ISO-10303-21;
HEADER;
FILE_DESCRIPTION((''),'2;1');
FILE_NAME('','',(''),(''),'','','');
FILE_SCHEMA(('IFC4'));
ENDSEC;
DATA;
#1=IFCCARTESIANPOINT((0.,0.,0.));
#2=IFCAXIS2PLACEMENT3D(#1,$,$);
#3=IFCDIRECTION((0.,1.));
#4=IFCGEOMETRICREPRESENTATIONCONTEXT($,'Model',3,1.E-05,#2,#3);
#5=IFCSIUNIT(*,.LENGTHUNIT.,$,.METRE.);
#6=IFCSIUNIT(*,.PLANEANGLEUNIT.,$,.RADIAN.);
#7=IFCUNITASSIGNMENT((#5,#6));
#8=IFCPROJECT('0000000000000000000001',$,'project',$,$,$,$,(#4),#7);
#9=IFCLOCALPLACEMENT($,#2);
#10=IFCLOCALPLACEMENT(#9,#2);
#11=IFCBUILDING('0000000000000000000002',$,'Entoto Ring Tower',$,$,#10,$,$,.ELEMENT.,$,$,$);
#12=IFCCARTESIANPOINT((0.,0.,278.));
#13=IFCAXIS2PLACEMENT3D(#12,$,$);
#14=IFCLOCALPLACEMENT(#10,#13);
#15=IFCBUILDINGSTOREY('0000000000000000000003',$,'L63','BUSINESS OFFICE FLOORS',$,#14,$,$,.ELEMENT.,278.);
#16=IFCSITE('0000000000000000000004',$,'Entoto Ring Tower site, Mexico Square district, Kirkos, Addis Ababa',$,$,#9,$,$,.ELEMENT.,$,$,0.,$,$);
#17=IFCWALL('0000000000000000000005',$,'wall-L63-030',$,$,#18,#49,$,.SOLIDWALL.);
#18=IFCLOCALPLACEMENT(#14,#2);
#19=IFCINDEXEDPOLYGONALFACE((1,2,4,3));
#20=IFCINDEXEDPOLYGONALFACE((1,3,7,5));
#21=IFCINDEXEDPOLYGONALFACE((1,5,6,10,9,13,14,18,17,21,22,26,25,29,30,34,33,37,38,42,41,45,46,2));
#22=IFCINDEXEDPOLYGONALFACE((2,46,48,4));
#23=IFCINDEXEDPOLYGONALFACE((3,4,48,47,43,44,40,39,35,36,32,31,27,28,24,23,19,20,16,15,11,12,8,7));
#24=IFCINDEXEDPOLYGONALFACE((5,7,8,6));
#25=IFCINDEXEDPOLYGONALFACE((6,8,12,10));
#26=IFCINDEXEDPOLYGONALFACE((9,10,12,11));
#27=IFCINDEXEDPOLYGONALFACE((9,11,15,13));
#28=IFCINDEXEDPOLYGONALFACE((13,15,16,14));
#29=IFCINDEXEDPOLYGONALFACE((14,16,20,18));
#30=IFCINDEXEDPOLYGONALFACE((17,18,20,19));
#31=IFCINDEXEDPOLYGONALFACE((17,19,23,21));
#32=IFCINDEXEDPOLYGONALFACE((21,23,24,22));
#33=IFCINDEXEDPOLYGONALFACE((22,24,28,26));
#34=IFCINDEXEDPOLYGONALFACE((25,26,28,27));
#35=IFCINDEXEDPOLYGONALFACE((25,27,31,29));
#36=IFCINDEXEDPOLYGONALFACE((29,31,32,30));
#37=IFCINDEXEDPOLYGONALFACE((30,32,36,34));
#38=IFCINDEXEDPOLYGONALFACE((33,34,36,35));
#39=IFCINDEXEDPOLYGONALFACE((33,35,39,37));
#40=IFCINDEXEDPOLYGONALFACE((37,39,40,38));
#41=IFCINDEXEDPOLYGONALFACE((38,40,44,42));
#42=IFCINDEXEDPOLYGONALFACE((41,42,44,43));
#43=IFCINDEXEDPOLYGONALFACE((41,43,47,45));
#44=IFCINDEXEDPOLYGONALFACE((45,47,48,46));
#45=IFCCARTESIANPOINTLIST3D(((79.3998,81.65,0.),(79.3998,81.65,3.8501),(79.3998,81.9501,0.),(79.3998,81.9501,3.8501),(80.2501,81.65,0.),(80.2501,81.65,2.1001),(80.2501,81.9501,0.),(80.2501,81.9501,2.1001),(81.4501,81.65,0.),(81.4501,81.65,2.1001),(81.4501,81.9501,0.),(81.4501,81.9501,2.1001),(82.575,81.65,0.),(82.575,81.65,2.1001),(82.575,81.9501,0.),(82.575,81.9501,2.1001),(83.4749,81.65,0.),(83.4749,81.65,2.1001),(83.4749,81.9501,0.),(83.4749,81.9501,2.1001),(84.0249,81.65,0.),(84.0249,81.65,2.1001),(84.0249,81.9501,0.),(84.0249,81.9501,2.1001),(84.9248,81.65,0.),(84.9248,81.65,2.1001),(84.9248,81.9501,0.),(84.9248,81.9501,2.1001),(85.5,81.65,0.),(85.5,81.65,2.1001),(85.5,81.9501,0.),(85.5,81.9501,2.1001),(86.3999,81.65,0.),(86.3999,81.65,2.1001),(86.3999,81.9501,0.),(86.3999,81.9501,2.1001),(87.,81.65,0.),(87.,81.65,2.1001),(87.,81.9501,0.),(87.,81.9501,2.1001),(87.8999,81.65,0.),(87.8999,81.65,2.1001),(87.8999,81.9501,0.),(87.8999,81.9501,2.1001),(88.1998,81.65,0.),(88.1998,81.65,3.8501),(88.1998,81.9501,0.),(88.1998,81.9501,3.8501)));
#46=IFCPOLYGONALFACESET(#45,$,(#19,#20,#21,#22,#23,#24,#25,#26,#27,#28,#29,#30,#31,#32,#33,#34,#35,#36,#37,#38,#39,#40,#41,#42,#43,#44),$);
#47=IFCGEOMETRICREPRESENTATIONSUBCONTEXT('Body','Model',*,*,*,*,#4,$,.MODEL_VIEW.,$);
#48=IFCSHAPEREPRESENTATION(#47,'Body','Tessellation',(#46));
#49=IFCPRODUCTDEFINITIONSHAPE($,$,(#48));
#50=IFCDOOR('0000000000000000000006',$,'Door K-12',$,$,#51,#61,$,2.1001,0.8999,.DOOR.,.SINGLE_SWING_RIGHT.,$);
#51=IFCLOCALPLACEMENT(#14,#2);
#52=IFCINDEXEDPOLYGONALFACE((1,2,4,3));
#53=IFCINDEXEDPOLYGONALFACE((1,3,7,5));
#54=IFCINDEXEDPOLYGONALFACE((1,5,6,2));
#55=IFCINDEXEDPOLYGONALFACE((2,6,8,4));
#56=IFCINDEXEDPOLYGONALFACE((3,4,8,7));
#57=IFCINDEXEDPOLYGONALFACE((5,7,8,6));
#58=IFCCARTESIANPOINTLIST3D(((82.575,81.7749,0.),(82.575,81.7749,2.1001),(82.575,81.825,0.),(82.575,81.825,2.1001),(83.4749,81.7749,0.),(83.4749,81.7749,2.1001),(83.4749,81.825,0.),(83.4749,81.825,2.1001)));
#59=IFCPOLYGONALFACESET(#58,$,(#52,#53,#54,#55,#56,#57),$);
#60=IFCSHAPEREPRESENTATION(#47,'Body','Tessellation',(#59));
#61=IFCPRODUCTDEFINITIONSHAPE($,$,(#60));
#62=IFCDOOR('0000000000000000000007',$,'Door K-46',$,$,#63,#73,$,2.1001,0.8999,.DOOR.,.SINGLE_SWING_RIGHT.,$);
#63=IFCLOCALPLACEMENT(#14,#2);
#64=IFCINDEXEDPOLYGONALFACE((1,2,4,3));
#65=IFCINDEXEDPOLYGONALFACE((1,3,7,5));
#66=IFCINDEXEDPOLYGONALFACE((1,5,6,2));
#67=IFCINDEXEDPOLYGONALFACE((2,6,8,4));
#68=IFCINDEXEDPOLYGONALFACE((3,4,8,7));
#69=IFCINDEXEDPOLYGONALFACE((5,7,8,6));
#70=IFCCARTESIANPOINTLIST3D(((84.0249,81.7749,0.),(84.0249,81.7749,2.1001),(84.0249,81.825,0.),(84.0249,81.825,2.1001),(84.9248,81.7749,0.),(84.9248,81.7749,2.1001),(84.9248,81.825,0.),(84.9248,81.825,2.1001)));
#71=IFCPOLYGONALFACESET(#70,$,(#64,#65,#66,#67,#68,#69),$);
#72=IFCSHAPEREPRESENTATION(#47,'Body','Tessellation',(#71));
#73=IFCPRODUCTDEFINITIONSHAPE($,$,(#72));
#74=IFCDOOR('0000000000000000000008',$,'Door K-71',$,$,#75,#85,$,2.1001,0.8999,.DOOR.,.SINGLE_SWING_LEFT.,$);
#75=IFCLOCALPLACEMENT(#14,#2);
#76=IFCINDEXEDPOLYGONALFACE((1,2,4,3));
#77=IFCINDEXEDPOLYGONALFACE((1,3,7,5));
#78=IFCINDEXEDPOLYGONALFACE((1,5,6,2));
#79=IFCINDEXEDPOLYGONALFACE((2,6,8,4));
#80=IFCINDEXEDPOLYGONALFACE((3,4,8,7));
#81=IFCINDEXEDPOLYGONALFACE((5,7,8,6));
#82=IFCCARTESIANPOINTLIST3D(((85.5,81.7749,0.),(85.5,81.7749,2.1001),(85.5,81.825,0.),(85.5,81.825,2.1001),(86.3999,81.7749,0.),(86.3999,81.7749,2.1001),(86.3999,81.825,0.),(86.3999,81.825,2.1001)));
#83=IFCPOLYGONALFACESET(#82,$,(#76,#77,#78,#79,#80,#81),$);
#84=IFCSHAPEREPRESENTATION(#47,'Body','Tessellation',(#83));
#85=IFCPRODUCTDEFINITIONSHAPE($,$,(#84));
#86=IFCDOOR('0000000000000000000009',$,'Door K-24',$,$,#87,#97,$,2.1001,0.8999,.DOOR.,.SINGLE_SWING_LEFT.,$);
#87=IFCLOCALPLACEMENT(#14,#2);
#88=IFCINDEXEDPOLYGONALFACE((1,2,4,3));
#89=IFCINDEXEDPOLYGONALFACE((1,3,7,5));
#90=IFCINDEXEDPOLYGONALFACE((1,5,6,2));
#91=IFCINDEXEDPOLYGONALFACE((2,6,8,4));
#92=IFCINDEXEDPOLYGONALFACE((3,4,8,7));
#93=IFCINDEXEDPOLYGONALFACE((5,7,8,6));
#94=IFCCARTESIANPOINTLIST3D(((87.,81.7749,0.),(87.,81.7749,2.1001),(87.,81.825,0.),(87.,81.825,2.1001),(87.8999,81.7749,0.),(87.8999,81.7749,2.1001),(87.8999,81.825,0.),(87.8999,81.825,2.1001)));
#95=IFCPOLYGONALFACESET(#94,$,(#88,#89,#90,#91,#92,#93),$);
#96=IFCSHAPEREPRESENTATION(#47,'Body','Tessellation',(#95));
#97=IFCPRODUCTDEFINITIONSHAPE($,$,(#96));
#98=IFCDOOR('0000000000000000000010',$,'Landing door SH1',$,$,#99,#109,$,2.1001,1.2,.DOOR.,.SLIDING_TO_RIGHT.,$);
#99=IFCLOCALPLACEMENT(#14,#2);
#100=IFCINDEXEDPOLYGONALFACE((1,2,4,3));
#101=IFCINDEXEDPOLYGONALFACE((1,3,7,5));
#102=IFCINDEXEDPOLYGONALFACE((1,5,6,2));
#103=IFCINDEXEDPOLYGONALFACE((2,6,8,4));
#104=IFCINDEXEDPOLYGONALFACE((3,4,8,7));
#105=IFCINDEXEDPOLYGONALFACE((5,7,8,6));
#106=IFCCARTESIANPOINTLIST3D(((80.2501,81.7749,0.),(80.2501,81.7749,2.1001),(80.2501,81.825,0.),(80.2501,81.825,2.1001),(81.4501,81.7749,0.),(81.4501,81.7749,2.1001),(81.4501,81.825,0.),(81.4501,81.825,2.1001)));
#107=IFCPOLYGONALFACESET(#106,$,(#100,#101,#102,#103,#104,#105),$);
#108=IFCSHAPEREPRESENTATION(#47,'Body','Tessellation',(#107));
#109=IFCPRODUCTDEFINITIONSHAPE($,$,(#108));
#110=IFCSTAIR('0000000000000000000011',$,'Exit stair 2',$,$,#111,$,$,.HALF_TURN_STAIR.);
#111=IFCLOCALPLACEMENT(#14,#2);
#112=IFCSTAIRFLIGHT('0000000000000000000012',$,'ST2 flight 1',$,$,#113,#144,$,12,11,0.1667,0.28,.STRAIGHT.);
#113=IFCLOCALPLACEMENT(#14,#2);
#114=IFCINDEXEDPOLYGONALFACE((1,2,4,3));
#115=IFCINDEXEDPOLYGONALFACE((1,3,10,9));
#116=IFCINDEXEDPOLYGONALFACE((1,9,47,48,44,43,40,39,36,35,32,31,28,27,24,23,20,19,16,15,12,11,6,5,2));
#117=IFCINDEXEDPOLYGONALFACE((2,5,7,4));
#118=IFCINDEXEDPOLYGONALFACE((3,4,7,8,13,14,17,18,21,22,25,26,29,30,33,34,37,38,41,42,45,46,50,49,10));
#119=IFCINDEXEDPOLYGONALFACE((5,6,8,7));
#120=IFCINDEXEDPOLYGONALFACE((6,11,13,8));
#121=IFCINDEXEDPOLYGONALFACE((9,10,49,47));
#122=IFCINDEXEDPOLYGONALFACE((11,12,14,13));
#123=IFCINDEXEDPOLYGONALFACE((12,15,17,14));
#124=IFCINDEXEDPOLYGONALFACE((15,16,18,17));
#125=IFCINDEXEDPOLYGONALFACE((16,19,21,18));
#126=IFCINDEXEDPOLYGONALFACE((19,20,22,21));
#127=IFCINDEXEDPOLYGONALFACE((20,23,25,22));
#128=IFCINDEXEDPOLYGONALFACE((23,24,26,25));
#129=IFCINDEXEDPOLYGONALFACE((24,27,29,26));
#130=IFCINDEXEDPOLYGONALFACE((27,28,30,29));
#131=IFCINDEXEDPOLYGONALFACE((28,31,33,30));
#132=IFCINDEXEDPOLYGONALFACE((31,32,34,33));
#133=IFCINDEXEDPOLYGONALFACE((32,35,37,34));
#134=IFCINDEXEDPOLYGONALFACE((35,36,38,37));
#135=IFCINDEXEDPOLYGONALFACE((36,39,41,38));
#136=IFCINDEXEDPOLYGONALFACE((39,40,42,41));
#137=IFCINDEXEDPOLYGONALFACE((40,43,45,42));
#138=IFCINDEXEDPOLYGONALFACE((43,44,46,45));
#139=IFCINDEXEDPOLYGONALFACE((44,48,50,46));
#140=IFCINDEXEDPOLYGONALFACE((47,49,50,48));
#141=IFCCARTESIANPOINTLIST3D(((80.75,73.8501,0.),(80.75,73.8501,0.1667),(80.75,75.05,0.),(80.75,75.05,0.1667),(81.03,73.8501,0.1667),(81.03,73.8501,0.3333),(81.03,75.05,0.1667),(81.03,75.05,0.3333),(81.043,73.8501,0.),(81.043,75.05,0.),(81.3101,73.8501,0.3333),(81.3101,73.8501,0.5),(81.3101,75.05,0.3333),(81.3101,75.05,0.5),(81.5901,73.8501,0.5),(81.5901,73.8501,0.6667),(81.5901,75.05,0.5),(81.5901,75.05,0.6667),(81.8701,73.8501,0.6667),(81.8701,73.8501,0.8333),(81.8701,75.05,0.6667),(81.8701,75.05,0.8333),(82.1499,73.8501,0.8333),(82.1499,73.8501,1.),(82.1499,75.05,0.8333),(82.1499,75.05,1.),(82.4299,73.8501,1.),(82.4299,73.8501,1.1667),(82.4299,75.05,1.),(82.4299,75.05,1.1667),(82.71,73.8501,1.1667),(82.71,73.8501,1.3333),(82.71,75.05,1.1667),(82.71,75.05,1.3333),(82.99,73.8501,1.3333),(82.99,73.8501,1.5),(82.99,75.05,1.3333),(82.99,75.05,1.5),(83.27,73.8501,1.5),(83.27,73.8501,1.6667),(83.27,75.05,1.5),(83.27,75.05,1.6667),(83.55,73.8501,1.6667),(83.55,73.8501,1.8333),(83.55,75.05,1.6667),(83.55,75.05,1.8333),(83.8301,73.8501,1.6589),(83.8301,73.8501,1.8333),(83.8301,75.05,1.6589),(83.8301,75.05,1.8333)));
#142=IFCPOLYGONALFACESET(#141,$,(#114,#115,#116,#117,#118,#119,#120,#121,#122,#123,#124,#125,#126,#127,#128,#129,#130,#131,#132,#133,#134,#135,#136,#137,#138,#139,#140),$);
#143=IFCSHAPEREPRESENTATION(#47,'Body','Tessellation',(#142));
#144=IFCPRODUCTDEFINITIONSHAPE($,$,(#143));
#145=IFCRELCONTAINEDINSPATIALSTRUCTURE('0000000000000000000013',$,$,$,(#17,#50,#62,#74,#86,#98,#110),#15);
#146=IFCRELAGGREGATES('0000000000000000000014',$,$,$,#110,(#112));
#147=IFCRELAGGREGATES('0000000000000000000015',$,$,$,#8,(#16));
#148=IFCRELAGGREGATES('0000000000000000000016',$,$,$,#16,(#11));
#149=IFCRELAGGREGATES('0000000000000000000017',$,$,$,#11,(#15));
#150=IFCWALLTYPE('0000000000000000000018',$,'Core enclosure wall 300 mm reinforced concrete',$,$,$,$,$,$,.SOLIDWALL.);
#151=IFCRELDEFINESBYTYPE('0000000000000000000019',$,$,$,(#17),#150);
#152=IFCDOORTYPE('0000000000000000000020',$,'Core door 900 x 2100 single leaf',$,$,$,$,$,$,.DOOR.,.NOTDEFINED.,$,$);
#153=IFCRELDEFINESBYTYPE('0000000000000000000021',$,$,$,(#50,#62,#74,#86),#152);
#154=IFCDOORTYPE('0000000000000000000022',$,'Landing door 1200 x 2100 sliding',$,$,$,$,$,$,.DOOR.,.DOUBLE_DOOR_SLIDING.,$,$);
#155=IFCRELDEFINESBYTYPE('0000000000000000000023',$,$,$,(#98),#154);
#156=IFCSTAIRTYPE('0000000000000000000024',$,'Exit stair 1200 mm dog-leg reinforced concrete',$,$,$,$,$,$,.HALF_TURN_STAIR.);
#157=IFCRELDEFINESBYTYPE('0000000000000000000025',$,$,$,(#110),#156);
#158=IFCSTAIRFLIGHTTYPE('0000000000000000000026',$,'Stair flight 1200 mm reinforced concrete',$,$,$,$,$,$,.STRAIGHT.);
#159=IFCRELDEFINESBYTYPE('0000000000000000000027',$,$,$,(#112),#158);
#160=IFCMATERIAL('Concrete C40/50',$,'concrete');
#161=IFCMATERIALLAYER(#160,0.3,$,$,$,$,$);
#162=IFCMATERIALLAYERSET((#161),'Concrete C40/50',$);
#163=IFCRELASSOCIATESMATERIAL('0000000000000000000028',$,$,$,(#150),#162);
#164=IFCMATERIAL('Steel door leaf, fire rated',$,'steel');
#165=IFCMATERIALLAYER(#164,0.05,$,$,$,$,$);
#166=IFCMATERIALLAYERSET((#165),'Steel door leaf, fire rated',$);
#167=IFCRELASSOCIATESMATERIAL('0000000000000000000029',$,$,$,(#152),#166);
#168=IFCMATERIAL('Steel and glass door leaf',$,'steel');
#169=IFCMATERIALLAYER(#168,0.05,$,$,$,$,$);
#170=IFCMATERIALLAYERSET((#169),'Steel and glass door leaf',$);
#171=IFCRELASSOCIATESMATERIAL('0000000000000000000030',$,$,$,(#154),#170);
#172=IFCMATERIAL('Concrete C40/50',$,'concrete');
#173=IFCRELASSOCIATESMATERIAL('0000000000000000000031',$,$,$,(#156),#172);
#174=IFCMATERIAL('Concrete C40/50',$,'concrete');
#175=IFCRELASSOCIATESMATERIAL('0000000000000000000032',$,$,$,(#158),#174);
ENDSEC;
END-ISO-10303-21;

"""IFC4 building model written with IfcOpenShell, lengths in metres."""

from ifc_helpers import new_model, si_unit, direction, frame, frame_2d, origin, place, context, subcontext, project, spatial, polyline, rectangle, outline, extrude, material, layer, layer_set, type_object, element, fill, aggregate, save


model = new_model("IFC4")

# Units and contexts
model_context = context("Model", 3, precision=1e-05, world=origin(), true_north=direction((0.0, 1.0)))
body_context = subcontext(model_context, "Body", "Model", "MODEL_VIEW")
ifc_project = project(units=[si_unit("LENGTHUNIT", "METRE"), si_unit("PLANEANGLEUNIT", "RADIAN")], contexts=[model_context])

# Site, building, storey
site_placement = place(None, origin())
site = spatial("IfcSite", under=ifc_project, at=site_placement, Name="Entoto Ring Tower site, Mexico Square district, Kirkos, Addis Ababa", CompositionType="ELEMENT", RefElevation=0.0)
building_placement = place(site_placement, origin())
building = spatial("IfcBuilding", under=site, at=building_placement, Name="Entoto Ring Tower", CompositionType="ELEMENT")
storey_placement = place(building_placement, frame((0.0, 0.0, 278.0)))
storey = spatial("IfcBuildingStorey", under=building, at=storey_placement, Name="L63", Description="BUSINESS OFFICE FLOORS", CompositionType="ELEMENT", Elevation=278.0)

# Shared definitions
ifc_material_1 = material(Name="Concrete C40/50", Category="concrete")
ifc_layer_1 = layer(ifc_material_1, 0.3)
ifc_layer_set_1 = layer_set([ifc_layer_1], Name="Concrete C40/50")
wall_type = type_object("IfcWallType", Name="Core enclosure wall 300 mm reinforced concrete", PredefinedType="SOLIDWALL", material=ifc_layer_set_1)

# Wall, openings, doors
ifc_material_2 = material(Name="Steel door leaf, fire rated", Category="steel")
ifc_layer_2 = layer(ifc_material_2, 0.05)
ifc_layer_set_2 = layer_set([ifc_layer_2], Name="Steel door leaf, fire rated")
door_type_1 = type_object("IfcDoorType", Name="Core door 900 x 2100 single leaf", OperationType="NOTDEFINED", PredefinedType="DOOR", material=ifc_layer_set_2)
ifc_material_3 = material(Name="Steel and glass door leaf", Category="steel")
ifc_layer_3 = layer(ifc_material_3, 0.05)
ifc_layer_set_3 = layer_set([ifc_layer_3], Name="Steel and glass door leaf")
door_type_2 = type_object("IfcDoorType", Name="Landing door 1200 x 2100 sliding", OperationType="DOUBLE_DOOR_SLIDING", PredefinedType="DOOR", material=ifc_layer_set_3)
wall_1_placement = place(storey_placement, frame((79.3999, 81.8, 0.0), z_axis=(0.0, 0.0, 1.0), x_axis=(1.0, 0.0, 0.0)))
wall_1 = element("IfcWall", 1, at=wall_1_placement, inside=storey, type_object=wall_type, Name="wall-L63-030", PredefinedType="SOLIDWALL", context=body_context, shape_type="SweptSolid", body=[
    extrude(rectangle(XDim=8.8, YDim=0.3, at=frame_2d((4.3999, 0.0))), origin(), (0.0, 0.0, 1.0), 3.8501),
])
opening_1_placement = place(wall_1_placement, frame((0.8501, 0.0, 0.0)))
opening_1 = element("IfcOpeningElement", 2, at=opening_1_placement, cuts=wall_1, PredefinedType="OPENING", context=body_context, shape_type="SweptSolid", body=[
    extrude(rectangle(XDim=1.2, YDim=2.1001, at=frame_2d((0.6001, 1.05))), frame((0.0, 0.1602, 0.0), z_axis=(0.0, -1.0, 0.0), x_axis=(1.0, 0.0, 0.0)), (0.0, 0.0, 1.0), 0.3201),
])
opening_2_placement = place(wall_1_placement, frame((3.175, 0.0, 0.0)))
opening_2 = element("IfcOpeningElement", 3, at=opening_2_placement, cuts=wall_1, PredefinedType="OPENING", context=body_context, shape_type="SweptSolid", body=[
    extrude(rectangle(XDim=0.8999, YDim=2.1001, at=frame_2d((0.45, 1.05))), frame((0.0, 0.1602, 0.0), z_axis=(0.0, -1.0, 0.0), x_axis=(1.0, 0.0, 0.0)), (0.0, 0.0, 1.0), 0.3201),
])
opening_3_placement = place(wall_1_placement, frame((4.625, 0.0, 0.0)))
opening_3 = element("IfcOpeningElement", 4, at=opening_3_placement, cuts=wall_1, PredefinedType="OPENING", context=body_context, shape_type="SweptSolid", body=[
    extrude(rectangle(XDim=0.8999, YDim=2.1001, at=frame_2d((0.45, 1.05))), frame((0.0, 0.1602, 0.0), z_axis=(0.0, -1.0, 0.0), x_axis=(1.0, 0.0, 0.0)), (0.0, 0.0, 1.0), 0.3201),
])
opening_4_placement = place(wall_1_placement, frame((6.1001, 0.0, 0.0)))
opening_4 = element("IfcOpeningElement", 5, at=opening_4_placement, cuts=wall_1, PredefinedType="OPENING", context=body_context, shape_type="SweptSolid", body=[
    extrude(rectangle(XDim=0.8999, YDim=2.1001, at=frame_2d((0.45, 1.05))), frame((0.0, 0.1602, 0.0), z_axis=(0.0, -1.0, 0.0), x_axis=(1.0, 0.0, 0.0)), (0.0, 0.0, 1.0), 0.3201),
])
opening_5_placement = place(wall_1_placement, frame((7.6001, 0.0, 0.0)))
opening_5 = element("IfcOpeningElement", 6, at=opening_5_placement, cuts=wall_1, PredefinedType="OPENING", context=body_context, shape_type="SweptSolid", body=[
    extrude(rectangle(XDim=0.8999, YDim=2.1001, at=frame_2d((0.45, 1.05))), frame((0.0, 0.1602, 0.0), z_axis=(0.0, -1.0, 0.0), x_axis=(1.0, 0.0, 0.0)), (0.0, 0.0, 1.0), 0.3201),
])
door_1_placement = place(opening_2_placement, origin())
door_1 = element("IfcDoor", 7, at=door_1_placement, inside=storey, type_object=door_type_1, Name="Door K-12", OperationType="SINGLE_SWING_RIGHT", OverallHeight=2.1001, OverallWidth=0.8999, PredefinedType="DOOR", context=body_context, shape_type="SweptSolid", body=[
    extrude(rectangle(XDim=0.8999, YDim=2.1001, at=frame_2d((0.45, 1.05))), frame((0.0, 0.0249, 0.0), z_axis=(0.0, -1.0, 0.0), x_axis=(1.0, 0.0, 0.0)), (0.0, 0.0, 1.0), 0.05),
])
fill(opening_2, door_1)
door_2_placement = place(opening_3_placement, origin())
door_2 = element("IfcDoor", 8, at=door_2_placement, inside=storey, type_object=door_type_1, Name="Door K-46", OperationType="SINGLE_SWING_RIGHT", OverallHeight=2.1001, OverallWidth=0.8999, PredefinedType="DOOR", context=body_context, shape_type="SweptSolid", body=[
    extrude(rectangle(XDim=0.8999, YDim=2.1001, at=frame_2d((0.45, 1.05))), frame((0.0, 0.0249, 0.0), z_axis=(0.0, -1.0, 0.0), x_axis=(1.0, 0.0, 0.0)), (0.0, 0.0, 1.0), 0.05),
])
fill(opening_3, door_2)
door_3_placement = place(opening_4_placement, origin())
door_3 = element("IfcDoor", 9, at=door_3_placement, inside=storey, type_object=door_type_1, Name="Door K-71", OperationType="SINGLE_SWING_LEFT", OverallHeight=2.1001, OverallWidth=0.8999, PredefinedType="DOOR", context=body_context, shape_type="SweptSolid", body=[
    extrude(rectangle(XDim=0.8999, YDim=2.1001, at=frame_2d((0.45, 1.05))), frame((0.0, 0.0249, 0.0), z_axis=(0.0, -1.0, 0.0), x_axis=(1.0, 0.0, 0.0)), (0.0, 0.0, 1.0), 0.05),
])
fill(opening_4, door_3)
door_4_placement = place(opening_5_placement, origin())
door_4 = element("IfcDoor", 10, at=door_4_placement, inside=storey, type_object=door_type_1, Name="Door K-24", OperationType="SINGLE_SWING_LEFT", OverallHeight=2.1001, OverallWidth=0.8999, PredefinedType="DOOR", context=body_context, shape_type="SweptSolid", body=[
    extrude(rectangle(XDim=0.8999, YDim=2.1001, at=frame_2d((0.45, 1.05))), frame((0.0, 0.0249, 0.0), z_axis=(0.0, -1.0, 0.0), x_axis=(1.0, 0.0, 0.0)), (0.0, 0.0, 1.0), 0.05),
])
fill(opening_5, door_4)
door_5_placement = place(opening_1_placement, origin())
door_5 = element("IfcDoor", 11, at=door_5_placement, inside=storey, type_object=door_type_2, Name="Landing door SH1", OperationType="SLIDING_TO_RIGHT", OverallHeight=2.1001, OverallWidth=1.2, PredefinedType="DOOR", context=body_context, shape_type="SweptSolid", body=[
    extrude(rectangle(XDim=1.2, YDim=2.1001, at=frame_2d((0.6001, 1.05))), frame((0.0, 0.0249, 0.0), z_axis=(0.0, -1.0, 0.0), x_axis=(1.0, 0.0, 0.0)), (0.0, 0.0, 1.0), 0.05),
])
fill(opening_1, door_5)

# Stair, stair flight
ifc_material_4 = material(Name="Concrete C40/50", Category="concrete")
stair_type = type_object("IfcStairType", Name="Exit stair 1200 mm dog-leg reinforced concrete", PredefinedType="HALF_TURN_STAIR", material=ifc_material_4)
stair_placement = place(storey_placement, origin())
stair = element("IfcStair", 12, at=stair_placement, inside=storey, type_object=stair_type, Name="Exit stair 2", PredefinedType="HALF_TURN_STAIR")
ifc_material_5 = material(Name="Concrete C40/50", Category="concrete")
stair_flight_type = type_object("IfcStairFlightType", Name="Stair flight 1200 mm reinforced concrete", PredefinedType="STRAIGHT", material=ifc_material_5)
stair_flight_1_placement = place(storey_placement, frame((80.75, 74.45, 0.0), z_axis=(0.0, 0.0, 1.0), x_axis=(1.0, 0.0, 0.0)))
stair_flight_1 = element("IfcStairFlight", 13, at=stair_flight_1_placement, type_object=stair_flight_type, Name="ST2 flight 1", NumberOfRisers=12, NumberOfTreads=11, PredefinedType="STRAIGHT", RiserHeight=0.1667, TreadLength=0.28, context=body_context, shape_type="SweptSolid", body=[
    extrude(outline(polyline([(0.0, 0.0), (0.0, 0.1667), (0.28, 0.1667), (0.28, 0.3333), (0.5601, 0.3333), (0.5601, 0.5), (0.8401, 0.5), (0.8401, 0.6667), (1.1201, 0.6667), (1.1201, 0.8333), (1.3999, 0.8333), (1.3999, 1.0), (1.6799, 1.0), (1.6799, 1.1667), (1.96, 1.1667), (1.96, 1.3333), (2.24, 1.3333), (2.24, 1.5), (2.52, 1.5), (2.52, 1.6667), (2.8, 1.6667), (2.8, 1.8333), (3.0801, 1.8333), (3.0801, 2.0), (3.0801, 1.6589), (0.293, 0.0), (0.0, 0.0)])), frame((0.0, 0.6001, 0.0), z_axis=(0.0, -1.0, 0.0), x_axis=(1.0, 0.0, 0.0)), (0.0, 0.0, 1.0), 1.2),
])
aggregate(stair, [stair_flight_1])

save(model, "model.ifc")
